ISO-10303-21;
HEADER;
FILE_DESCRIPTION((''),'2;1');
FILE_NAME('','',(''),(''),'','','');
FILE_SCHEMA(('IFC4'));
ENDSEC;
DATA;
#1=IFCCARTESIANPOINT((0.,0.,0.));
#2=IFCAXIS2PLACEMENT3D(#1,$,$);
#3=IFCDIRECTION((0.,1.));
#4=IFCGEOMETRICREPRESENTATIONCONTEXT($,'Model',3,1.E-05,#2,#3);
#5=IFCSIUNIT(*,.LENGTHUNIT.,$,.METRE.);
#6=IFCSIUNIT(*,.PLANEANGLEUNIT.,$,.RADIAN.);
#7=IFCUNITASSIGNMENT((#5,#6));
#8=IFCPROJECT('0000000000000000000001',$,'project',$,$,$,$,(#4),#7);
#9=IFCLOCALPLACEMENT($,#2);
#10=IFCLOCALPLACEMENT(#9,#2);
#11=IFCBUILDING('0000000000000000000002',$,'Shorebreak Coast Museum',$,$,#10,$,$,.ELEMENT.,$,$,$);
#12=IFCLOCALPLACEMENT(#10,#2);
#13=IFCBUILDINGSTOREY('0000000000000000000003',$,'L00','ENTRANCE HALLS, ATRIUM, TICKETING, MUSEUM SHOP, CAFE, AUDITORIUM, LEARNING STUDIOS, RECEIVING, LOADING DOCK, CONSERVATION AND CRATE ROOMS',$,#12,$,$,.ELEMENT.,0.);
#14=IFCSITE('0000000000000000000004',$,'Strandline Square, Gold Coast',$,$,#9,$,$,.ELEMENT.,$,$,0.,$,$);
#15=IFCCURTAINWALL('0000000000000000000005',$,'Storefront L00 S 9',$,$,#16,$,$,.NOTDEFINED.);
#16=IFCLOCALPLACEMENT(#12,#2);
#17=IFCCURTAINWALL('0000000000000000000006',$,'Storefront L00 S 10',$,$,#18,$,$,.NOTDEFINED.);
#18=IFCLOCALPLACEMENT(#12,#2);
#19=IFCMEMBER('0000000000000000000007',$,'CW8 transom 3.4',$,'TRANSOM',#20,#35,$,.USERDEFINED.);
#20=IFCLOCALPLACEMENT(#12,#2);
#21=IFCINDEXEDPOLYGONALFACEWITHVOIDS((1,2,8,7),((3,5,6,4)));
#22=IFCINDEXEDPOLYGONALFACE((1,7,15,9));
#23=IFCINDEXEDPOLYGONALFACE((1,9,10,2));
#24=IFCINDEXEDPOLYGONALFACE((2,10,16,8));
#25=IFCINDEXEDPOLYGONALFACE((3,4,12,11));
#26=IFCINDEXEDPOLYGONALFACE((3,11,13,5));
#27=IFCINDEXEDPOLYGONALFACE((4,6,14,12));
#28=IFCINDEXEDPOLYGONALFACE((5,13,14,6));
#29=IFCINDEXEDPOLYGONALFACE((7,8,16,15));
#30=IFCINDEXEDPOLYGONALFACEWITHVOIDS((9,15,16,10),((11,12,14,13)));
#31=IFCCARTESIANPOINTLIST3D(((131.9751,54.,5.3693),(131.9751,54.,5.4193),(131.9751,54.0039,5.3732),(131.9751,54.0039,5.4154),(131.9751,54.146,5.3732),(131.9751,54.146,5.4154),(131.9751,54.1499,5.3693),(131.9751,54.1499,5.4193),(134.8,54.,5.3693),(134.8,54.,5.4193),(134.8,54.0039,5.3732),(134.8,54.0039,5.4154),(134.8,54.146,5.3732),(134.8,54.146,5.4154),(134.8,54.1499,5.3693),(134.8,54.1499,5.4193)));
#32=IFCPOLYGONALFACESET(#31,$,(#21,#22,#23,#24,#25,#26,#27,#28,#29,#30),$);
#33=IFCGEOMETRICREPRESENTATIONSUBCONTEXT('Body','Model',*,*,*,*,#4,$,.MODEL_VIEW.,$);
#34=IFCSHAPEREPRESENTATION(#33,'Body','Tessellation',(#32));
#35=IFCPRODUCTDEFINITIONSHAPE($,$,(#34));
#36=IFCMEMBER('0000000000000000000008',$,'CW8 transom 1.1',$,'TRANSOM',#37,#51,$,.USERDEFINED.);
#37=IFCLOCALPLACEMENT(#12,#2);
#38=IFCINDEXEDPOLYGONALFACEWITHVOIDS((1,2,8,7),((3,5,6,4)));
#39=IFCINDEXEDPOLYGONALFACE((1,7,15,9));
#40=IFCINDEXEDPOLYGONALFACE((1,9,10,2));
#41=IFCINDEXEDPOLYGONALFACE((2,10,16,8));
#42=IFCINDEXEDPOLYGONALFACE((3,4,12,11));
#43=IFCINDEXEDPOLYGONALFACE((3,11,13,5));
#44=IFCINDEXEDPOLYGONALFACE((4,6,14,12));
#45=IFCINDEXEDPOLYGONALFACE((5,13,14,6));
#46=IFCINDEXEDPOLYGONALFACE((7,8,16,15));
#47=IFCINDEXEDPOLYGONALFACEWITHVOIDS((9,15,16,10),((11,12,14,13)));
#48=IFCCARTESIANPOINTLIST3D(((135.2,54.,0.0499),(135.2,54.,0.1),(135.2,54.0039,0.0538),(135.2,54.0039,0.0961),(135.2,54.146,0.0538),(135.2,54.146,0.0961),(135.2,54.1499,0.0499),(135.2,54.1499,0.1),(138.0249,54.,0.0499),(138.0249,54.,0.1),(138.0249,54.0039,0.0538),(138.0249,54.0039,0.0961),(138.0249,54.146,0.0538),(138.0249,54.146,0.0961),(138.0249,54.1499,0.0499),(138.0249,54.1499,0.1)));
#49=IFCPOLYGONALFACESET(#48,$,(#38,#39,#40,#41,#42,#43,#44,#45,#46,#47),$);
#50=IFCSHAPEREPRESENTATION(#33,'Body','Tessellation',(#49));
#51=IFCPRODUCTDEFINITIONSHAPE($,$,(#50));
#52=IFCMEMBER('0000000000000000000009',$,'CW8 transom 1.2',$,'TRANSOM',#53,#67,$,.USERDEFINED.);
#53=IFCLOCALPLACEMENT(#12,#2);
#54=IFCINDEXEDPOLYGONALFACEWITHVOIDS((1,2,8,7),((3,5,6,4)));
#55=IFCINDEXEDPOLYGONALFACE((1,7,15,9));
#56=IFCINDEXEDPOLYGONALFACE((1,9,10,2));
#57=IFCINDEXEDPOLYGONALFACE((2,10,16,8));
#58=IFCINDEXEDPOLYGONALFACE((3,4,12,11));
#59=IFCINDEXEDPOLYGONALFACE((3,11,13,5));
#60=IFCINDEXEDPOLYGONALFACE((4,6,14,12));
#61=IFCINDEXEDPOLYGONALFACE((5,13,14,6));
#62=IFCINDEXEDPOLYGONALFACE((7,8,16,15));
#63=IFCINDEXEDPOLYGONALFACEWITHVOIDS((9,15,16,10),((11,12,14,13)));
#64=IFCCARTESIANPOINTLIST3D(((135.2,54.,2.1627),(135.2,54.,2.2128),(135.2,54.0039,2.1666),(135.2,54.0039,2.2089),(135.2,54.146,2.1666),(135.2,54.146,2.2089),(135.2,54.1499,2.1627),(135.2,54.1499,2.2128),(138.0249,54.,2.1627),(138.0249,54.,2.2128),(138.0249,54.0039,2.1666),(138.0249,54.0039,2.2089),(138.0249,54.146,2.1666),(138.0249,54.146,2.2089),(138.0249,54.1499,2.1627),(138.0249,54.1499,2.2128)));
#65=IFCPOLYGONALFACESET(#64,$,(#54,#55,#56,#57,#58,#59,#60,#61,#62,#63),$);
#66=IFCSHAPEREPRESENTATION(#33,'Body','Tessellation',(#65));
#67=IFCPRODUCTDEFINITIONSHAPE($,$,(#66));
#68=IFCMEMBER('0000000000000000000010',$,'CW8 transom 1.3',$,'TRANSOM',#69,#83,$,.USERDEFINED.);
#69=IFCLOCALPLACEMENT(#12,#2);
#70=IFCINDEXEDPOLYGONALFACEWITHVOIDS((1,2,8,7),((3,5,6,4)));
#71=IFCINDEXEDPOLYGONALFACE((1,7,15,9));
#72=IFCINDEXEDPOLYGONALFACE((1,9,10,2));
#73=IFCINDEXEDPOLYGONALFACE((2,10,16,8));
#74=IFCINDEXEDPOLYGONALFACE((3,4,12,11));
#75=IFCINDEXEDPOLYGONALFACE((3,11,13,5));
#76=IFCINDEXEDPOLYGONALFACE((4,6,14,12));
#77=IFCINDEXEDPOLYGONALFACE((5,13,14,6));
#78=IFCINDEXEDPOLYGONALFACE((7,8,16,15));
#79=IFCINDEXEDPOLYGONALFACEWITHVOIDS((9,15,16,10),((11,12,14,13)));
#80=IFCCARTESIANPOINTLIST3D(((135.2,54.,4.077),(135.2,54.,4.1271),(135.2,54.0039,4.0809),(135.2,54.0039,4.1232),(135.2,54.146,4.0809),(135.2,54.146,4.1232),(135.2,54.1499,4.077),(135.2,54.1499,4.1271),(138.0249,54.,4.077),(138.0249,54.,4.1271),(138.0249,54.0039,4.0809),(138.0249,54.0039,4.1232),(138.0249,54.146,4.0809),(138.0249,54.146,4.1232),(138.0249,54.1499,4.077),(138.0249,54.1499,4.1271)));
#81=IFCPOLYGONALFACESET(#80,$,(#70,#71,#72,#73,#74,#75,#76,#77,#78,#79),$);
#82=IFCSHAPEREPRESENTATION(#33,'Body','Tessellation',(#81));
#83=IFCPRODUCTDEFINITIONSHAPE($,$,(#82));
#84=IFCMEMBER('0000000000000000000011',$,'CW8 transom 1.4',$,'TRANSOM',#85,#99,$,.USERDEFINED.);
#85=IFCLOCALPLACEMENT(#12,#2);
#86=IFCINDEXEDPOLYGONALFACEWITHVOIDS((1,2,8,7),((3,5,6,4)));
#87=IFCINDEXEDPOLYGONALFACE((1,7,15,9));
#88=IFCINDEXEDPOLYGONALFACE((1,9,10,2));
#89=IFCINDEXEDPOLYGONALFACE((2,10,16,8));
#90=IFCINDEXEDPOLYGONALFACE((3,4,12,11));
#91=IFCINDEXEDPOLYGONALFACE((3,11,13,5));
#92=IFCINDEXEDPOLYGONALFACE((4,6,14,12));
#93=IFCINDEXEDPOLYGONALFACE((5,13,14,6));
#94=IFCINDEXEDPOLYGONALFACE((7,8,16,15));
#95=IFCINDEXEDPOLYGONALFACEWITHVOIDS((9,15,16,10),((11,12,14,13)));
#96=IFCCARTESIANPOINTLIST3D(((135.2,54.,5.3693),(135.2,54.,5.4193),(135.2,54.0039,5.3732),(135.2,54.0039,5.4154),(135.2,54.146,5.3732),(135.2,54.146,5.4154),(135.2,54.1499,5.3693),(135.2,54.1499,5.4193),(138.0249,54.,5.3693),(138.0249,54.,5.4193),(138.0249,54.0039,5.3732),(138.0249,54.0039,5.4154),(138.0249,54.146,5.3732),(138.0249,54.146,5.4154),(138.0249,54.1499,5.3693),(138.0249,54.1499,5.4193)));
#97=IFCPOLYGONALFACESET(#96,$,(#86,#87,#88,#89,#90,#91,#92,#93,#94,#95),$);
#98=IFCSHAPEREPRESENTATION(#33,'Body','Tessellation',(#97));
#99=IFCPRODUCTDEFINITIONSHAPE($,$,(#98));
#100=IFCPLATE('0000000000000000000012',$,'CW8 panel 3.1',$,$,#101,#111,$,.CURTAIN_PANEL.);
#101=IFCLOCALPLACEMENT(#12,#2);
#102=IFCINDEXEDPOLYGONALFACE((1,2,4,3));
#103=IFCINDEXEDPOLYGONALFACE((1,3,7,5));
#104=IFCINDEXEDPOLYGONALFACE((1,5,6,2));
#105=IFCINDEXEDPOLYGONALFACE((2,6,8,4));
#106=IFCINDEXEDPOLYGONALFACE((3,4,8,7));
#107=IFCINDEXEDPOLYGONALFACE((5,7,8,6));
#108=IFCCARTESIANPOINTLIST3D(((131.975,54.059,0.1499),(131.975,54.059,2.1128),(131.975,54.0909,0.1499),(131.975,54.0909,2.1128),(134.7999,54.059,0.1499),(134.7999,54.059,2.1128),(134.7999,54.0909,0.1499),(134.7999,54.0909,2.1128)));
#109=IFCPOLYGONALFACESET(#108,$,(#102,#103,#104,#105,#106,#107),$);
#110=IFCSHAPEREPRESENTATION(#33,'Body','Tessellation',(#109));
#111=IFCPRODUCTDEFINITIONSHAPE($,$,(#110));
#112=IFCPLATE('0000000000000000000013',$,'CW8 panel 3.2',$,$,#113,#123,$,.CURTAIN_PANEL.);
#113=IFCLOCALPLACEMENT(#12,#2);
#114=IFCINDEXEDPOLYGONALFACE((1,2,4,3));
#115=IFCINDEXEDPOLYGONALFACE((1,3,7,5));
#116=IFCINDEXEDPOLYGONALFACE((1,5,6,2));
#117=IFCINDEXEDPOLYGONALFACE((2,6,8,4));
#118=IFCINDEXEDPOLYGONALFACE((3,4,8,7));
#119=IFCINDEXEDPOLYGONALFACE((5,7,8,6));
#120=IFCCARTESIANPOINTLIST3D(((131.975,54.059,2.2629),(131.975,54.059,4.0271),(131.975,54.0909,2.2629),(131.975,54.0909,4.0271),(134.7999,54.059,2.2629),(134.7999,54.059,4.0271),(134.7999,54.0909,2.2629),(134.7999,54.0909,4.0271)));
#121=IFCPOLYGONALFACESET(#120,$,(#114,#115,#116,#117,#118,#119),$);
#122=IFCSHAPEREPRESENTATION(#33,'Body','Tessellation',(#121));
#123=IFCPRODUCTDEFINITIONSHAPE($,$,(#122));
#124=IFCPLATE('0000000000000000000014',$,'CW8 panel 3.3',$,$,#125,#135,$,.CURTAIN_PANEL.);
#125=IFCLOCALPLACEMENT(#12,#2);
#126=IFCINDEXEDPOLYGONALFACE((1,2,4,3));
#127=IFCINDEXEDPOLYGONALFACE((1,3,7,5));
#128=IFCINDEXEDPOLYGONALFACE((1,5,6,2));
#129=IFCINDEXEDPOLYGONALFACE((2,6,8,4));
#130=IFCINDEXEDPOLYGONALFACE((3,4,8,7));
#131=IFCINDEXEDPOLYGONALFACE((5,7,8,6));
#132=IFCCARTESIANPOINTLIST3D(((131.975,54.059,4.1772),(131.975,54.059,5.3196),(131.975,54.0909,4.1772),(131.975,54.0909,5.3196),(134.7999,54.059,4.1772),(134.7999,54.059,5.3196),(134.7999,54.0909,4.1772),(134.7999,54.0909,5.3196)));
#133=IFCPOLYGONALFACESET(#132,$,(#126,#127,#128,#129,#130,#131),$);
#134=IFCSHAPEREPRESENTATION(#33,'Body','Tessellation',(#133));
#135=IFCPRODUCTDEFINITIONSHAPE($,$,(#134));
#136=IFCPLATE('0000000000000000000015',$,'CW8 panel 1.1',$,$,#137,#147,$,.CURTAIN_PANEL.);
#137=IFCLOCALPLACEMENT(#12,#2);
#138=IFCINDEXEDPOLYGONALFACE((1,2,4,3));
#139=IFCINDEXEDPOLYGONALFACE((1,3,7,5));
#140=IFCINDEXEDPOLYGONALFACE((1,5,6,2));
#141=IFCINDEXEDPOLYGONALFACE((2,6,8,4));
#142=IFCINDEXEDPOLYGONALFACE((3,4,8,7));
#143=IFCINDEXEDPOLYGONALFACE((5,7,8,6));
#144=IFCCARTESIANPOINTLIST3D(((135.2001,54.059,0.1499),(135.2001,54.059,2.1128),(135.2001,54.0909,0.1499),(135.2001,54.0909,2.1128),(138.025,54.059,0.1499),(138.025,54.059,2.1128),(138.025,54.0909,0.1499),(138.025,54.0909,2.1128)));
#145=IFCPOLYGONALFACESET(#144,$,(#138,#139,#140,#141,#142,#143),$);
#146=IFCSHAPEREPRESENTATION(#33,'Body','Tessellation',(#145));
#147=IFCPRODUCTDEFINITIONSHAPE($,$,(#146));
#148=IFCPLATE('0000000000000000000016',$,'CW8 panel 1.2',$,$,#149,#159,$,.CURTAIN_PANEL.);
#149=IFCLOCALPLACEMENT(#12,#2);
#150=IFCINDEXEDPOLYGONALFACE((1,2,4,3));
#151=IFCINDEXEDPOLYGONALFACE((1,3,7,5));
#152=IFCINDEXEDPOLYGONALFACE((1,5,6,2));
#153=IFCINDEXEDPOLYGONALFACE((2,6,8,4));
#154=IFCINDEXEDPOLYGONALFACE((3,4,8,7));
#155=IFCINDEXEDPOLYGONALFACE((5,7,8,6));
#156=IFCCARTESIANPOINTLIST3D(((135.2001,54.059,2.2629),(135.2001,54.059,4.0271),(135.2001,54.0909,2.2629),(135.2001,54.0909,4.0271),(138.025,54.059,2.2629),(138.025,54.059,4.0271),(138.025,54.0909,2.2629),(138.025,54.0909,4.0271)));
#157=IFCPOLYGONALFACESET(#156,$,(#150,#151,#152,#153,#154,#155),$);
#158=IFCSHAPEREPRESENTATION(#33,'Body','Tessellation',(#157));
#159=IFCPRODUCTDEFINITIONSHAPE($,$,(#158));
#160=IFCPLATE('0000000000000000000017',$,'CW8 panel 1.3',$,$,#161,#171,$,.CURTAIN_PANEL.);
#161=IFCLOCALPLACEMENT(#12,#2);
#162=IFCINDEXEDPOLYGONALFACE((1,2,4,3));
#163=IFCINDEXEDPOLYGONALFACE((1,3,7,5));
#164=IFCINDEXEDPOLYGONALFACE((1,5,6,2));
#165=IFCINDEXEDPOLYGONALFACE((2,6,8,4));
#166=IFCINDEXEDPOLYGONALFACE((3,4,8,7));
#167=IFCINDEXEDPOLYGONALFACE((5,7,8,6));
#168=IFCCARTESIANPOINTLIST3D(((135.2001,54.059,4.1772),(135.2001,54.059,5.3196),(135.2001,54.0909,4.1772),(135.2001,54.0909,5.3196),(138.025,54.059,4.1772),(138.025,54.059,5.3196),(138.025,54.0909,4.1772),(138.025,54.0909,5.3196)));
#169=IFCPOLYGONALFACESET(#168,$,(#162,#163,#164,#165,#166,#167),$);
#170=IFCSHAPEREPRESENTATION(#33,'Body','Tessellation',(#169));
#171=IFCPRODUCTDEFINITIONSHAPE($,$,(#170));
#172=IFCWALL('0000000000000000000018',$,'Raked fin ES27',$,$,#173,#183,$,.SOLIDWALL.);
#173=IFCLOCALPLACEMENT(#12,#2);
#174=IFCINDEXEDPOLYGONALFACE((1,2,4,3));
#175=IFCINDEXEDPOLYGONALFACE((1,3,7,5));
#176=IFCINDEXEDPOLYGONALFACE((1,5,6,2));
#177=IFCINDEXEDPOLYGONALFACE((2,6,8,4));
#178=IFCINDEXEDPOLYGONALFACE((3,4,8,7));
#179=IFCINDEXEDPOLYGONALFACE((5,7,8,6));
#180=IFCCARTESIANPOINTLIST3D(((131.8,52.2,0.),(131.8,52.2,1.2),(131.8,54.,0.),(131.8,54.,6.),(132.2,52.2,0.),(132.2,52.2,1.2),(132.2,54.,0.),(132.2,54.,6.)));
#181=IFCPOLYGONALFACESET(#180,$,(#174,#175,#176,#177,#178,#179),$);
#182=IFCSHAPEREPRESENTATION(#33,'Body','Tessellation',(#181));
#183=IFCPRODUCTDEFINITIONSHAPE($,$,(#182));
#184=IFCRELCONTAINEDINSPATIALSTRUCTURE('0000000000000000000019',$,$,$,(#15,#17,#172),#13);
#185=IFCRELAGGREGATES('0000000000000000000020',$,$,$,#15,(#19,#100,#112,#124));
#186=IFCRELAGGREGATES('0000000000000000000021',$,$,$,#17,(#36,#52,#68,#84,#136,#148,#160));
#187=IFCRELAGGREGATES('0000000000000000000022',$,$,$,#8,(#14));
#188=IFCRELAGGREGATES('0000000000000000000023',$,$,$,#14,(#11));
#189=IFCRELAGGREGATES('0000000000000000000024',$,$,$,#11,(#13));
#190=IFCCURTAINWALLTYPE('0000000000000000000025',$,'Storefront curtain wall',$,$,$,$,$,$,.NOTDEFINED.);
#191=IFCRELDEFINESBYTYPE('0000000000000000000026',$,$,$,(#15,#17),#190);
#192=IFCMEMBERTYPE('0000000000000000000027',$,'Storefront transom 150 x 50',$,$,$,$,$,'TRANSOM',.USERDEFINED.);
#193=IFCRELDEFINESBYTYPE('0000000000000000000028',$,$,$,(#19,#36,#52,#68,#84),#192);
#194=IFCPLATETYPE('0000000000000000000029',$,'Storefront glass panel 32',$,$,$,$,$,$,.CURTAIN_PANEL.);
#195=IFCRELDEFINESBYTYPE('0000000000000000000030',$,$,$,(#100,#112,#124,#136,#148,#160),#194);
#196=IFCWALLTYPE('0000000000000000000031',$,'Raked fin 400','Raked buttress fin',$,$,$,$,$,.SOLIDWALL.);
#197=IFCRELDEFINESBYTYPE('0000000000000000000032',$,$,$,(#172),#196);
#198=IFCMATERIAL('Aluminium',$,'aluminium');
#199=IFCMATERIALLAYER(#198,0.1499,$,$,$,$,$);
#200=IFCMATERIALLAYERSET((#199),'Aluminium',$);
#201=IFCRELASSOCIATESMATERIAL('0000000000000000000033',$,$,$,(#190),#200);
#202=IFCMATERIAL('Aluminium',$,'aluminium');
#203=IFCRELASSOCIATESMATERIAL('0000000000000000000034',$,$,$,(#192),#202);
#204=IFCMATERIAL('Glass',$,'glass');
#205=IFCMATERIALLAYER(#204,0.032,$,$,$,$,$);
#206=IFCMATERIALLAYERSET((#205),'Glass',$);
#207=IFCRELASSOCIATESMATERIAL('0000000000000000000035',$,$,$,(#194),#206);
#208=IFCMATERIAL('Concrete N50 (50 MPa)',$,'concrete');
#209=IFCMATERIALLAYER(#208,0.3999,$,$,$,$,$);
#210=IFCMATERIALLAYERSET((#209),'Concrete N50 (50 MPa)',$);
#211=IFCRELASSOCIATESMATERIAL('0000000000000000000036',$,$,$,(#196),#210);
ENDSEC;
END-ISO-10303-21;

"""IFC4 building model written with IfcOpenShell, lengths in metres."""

from ifc_helpers import new_model, si_unit, direction, frame, origin, origin_2d, place, context, subcontext, project, spatial, polyline, rectangle, hollow_rectangle, outline, extrude, material, layer, layer_set, material_profile, profile_set, type_object, element, aggregate, save


model = new_model("IFC4")

# Units and contexts
model_context = context("Model", 3, precision=1e-05, world=origin(), true_north=direction((0.0, 1.0)))
body_context = subcontext(model_context, "Body", "Model", "MODEL_VIEW")
ifc_project = project(units=[si_unit("LENGTHUNIT", "METRE"), si_unit("PLANEANGLEUNIT", "RADIAN")], contexts=[model_context])

# Site, building, storey
site_placement = place(None, origin())
site = spatial("IfcSite", under=ifc_project, at=site_placement, Name="Strandline Square, Gold Coast", CompositionType="ELEMENT", RefElevation=0.0)
building_placement = place(site_placement, origin())
building = spatial("IfcBuilding", under=site, at=building_placement, Name="Shorebreak Coast Museum", CompositionType="ELEMENT")
storey_placement = place(building_placement, origin())
storey = spatial("IfcBuildingStorey", under=building, at=storey_placement, Name="L00", Description="ENTRANCE HALLS, ATRIUM, TICKETING, MUSEUM SHOP, CAFE, AUDITORIUM, LEARNING STUDIOS, RECEIVING, LOADING DOCK, CONSERVATION AND CRATE ROOMS", CompositionType="ELEMENT", Elevation=0.0)

# Curtain walls
ifc_material_1 = material(Name="Aluminium", Category="aluminium")
ifc_layer_1 = layer(ifc_material_1, 0.1499)
ifc_layer_set_1 = layer_set([ifc_layer_1], Name="Aluminium")
curtain_wall_type = type_object("IfcCurtainWallType", Name="Storefront curtain wall", PredefinedType="NOTDEFINED", material=ifc_layer_set_1)
curtain_wall_1_placement = place(storey_placement, origin())
curtain_wall_1 = element("IfcCurtainWall", 1, at=curtain_wall_1_placement, inside=storey, type_object=curtain_wall_type, Name="Storefront L00 S 9", PredefinedType="NOTDEFINED")
curtain_wall_2_placement = place(storey_placement, origin())
curtain_wall_2 = element("IfcCurtainWall", 2, at=curtain_wall_2_placement, inside=storey, type_object=curtain_wall_type, Name="Storefront L00 S 10", PredefinedType="NOTDEFINED")

# Members
ifc_material_2 = material(Name="Aluminium", Category="aluminium")
ifc_material_profile_1 = material_profile(ifc_material_2, hollow_rectangle(XDim=0.1499, YDim=0.05, WallThickness=0.0039, at=origin_2d()), Name="AL 50x150 RHS")
ifc_profile_set_1 = profile_set([ifc_material_profile_1], Name="Aluminium")
member_type_1 = type_object("IfcMemberType", Name="Storefront transom 150 x 50", ElementType="TRANSOM", PredefinedType="USERDEFINED", material=ifc_profile_set_1)
member_1_placement = place(storey_placement, frame((131.9751, 54.075, 5.3943), z_axis=(1.0, 0.0, 0.0), x_axis=(0.0, 1.0, 0.0)))
member_1 = element("IfcMember", 3, at=member_1_placement, type_object=member_type_1, Name="CW8 transom 3.4", ObjectType="TRANSOM", PredefinedType="USERDEFINED", context=body_context, shape_type="SweptSolid", body=[
    extrude(hollow_rectangle(XDim=0.1499, YDim=0.05, WallThickness=0.0039, at=origin_2d()), origin(), (0.0, 0.0, 1.0), 2.825),
])
member_2_placement = place(storey_placement, frame((135.2, 54.075, 0.075), z_axis=(1.0, 0.0, 0.0), x_axis=(0.0, 1.0, 0.0)))
member_2 = element("IfcMember", 4, at=member_2_placement, type_object=member_type_1, Name="CW8 transom 1.1", ObjectType="TRANSOM", PredefinedType="USERDEFINED", context=body_context, shape_type="SweptSolid", body=[
    extrude(hollow_rectangle(XDim=0.1499, YDim=0.05, WallThickness=0.0039, at=origin_2d()), origin(), (0.0, 0.0, 1.0), 2.825),
])
member_3_placement = place(storey_placement, frame((135.2, 54.075, 2.1877), z_axis=(1.0, 0.0, 0.0), x_axis=(0.0, 1.0, 0.0)))
member_3 = element("IfcMember", 5, at=member_3_placement, type_object=member_type_1, Name="CW8 transom 1.2", ObjectType="TRANSOM", PredefinedType="USERDEFINED", context=body_context, shape_type="SweptSolid", body=[
    extrude(hollow_rectangle(XDim=0.1499, YDim=0.05, WallThickness=0.0039, at=origin_2d()), origin(), (0.0, 0.0, 1.0), 2.825),
])
member_4_placement = place(storey_placement, frame((135.2, 54.075, 4.1021), z_axis=(1.0, 0.0, 0.0), x_axis=(0.0, 1.0, 0.0)))
member_4 = element("IfcMember", 6, at=member_4_placement, type_object=member_type_1, Name="CW8 transom 1.3", ObjectType="TRANSOM", PredefinedType="USERDEFINED", context=body_context, shape_type="SweptSolid", body=[
    extrude(hollow_rectangle(XDim=0.1499, YDim=0.05, WallThickness=0.0039, at=origin_2d()), origin(), (0.0, 0.0, 1.0), 2.825),
])
member_5_placement = place(storey_placement, frame((135.2, 54.075, 5.3943), z_axis=(1.0, 0.0, 0.0), x_axis=(0.0, 1.0, 0.0)))
member_5 = element("IfcMember", 7, at=member_5_placement, type_object=member_type_1, Name="CW8 transom 1.4", ObjectType="TRANSOM", PredefinedType="USERDEFINED", context=body_context, shape_type="SweptSolid", body=[
    extrude(hollow_rectangle(XDim=0.1499, YDim=0.05, WallThickness=0.0039, at=origin_2d()), origin(), (0.0, 0.0, 1.0), 2.825),
])

# Plates
ifc_material_3 = material(Name="Glass", Category="glass")
ifc_layer_2 = layer(ifc_material_3, 0.032)
ifc_layer_set_2 = layer_set([ifc_layer_2], Name="Glass")
plate_type = type_object("IfcPlateType", Name="Storefront glass panel 32", PredefinedType="CURTAIN_PANEL", material=ifc_layer_set_2)
plate_1_placement = place(storey_placement, frame((133.3875, 54.075, 0.1499), z_axis=(0.0, 0.0, 1.0), x_axis=(1.0, 0.0, 0.0)))
plate_1 = element("IfcPlate", 8, at=plate_1_placement, type_object=plate_type, Name="CW8 panel 3.1", PredefinedType="CURTAIN_PANEL", context=body_context, shape_type="SweptSolid", body=[
    extrude(rectangle(XDim=2.825, YDim=0.032, at=origin_2d()), origin(), (0.0, 0.0, 1.0), 1.9629),
])
plate_2_placement = place(storey_placement, frame((133.3875, 54.075, 2.2629), z_axis=(0.0, 0.0, 1.0), x_axis=(1.0, 0.0, 0.0)))
plate_2 = element("IfcPlate", 9, at=plate_2_placement, type_object=plate_type, Name="CW8 panel 3.2", PredefinedType="CURTAIN_PANEL", context=body_context, shape_type="SweptSolid", body=[
    extrude(rectangle(XDim=2.825, YDim=0.032, at=origin_2d()), origin(), (0.0, 0.0, 1.0), 1.7642),
])
plate_3_placement = place(storey_placement, frame((133.3875, 54.075, 4.1772), z_axis=(0.0, 0.0, 1.0), x_axis=(1.0, 0.0, 0.0)))
plate_3 = element("IfcPlate", 10, at=plate_3_placement, type_object=plate_type, Name="CW8 panel 3.3", PredefinedType="CURTAIN_PANEL", context=body_context, shape_type="SweptSolid", body=[
    extrude(rectangle(XDim=2.825, YDim=0.032, at=origin_2d()), origin(), (0.0, 0.0, 1.0), 1.1423),
])
aggregate(curtain_wall_1, [member_1, plate_1, plate_2, plate_3])
plate_4_placement = place(storey_placement, frame((136.6125, 54.075, 0.1499), z_axis=(0.0, 0.0, 1.0), x_axis=(1.0, 0.0, 0.0)))
plate_4 = element("IfcPlate", 11, at=plate_4_placement, type_object=plate_type, Name="CW8 panel 1.1", PredefinedType="CURTAIN_PANEL", context=body_context, shape_type="SweptSolid", body=[
    extrude(rectangle(XDim=2.825, YDim=0.032, at=origin_2d()), origin(), (0.0, 0.0, 1.0), 1.9629),
])
plate_5_placement = place(storey_placement, frame((136.6125, 54.075, 2.2629), z_axis=(0.0, 0.0, 1.0), x_axis=(1.0, 0.0, 0.0)))
plate_5 = element("IfcPlate", 12, at=plate_5_placement, type_object=plate_type, Name="CW8 panel 1.2", PredefinedType="CURTAIN_PANEL", context=body_context, shape_type="SweptSolid", body=[
    extrude(rectangle(XDim=2.825, YDim=0.032, at=origin_2d()), origin(), (0.0, 0.0, 1.0), 1.7642),
])
plate_6_placement = place(storey_placement, frame((136.6125, 54.075, 4.1772), z_axis=(0.0, 0.0, 1.0), x_axis=(1.0, 0.0, 0.0)))
plate_6 = element("IfcPlate", 13, at=plate_6_placement, type_object=plate_type, Name="CW8 panel 1.3", PredefinedType="CURTAIN_PANEL", context=body_context, shape_type="SweptSolid", body=[
    extrude(rectangle(XDim=2.825, YDim=0.032, at=origin_2d()), origin(), (0.0, 0.0, 1.0), 1.1423),
])
aggregate(curtain_wall_2, [member_2, member_3, member_4, member_5, plate_4, plate_5, plate_6])

# Wall
ifc_material_4 = material(Name="Concrete N50 (50 MPa)", Category="concrete")
ifc_layer_3 = layer(ifc_material_4, 0.3999)
ifc_layer_set_3 = layer_set([ifc_layer_3], Name="Concrete N50 (50 MPa)")
wall_type = type_object("IfcWallType", Name="Raked fin 400", Description="Raked buttress fin", PredefinedType="SOLIDWALL", material=ifc_layer_set_3)
wall_placement = place(storey_placement, frame((132.0, 54.0, 0.0), z_axis=(0.0, 0.0, 1.0), x_axis=(0.0, -1.0, 0.0)))
element("IfcWall", 14, at=wall_placement, inside=storey, type_object=wall_type, Name="Raked fin ES27", PredefinedType="SOLIDWALL", context=body_context, shape_type="SweptSolid", body=[
    extrude(outline(polyline([(0.0, 0.0), (1.8, 0.0), (1.8, 1.2), (0.0, 6.0), (0.0, 0.0)])), frame((0.0, 0.2, 0.0), z_axis=(0.0, -1.0, 0.0), x_axis=(1.0, 0.0, 0.0)), (0.0, 0.0, 1.0), 0.3999),
])

save(model, "model.ifc")
